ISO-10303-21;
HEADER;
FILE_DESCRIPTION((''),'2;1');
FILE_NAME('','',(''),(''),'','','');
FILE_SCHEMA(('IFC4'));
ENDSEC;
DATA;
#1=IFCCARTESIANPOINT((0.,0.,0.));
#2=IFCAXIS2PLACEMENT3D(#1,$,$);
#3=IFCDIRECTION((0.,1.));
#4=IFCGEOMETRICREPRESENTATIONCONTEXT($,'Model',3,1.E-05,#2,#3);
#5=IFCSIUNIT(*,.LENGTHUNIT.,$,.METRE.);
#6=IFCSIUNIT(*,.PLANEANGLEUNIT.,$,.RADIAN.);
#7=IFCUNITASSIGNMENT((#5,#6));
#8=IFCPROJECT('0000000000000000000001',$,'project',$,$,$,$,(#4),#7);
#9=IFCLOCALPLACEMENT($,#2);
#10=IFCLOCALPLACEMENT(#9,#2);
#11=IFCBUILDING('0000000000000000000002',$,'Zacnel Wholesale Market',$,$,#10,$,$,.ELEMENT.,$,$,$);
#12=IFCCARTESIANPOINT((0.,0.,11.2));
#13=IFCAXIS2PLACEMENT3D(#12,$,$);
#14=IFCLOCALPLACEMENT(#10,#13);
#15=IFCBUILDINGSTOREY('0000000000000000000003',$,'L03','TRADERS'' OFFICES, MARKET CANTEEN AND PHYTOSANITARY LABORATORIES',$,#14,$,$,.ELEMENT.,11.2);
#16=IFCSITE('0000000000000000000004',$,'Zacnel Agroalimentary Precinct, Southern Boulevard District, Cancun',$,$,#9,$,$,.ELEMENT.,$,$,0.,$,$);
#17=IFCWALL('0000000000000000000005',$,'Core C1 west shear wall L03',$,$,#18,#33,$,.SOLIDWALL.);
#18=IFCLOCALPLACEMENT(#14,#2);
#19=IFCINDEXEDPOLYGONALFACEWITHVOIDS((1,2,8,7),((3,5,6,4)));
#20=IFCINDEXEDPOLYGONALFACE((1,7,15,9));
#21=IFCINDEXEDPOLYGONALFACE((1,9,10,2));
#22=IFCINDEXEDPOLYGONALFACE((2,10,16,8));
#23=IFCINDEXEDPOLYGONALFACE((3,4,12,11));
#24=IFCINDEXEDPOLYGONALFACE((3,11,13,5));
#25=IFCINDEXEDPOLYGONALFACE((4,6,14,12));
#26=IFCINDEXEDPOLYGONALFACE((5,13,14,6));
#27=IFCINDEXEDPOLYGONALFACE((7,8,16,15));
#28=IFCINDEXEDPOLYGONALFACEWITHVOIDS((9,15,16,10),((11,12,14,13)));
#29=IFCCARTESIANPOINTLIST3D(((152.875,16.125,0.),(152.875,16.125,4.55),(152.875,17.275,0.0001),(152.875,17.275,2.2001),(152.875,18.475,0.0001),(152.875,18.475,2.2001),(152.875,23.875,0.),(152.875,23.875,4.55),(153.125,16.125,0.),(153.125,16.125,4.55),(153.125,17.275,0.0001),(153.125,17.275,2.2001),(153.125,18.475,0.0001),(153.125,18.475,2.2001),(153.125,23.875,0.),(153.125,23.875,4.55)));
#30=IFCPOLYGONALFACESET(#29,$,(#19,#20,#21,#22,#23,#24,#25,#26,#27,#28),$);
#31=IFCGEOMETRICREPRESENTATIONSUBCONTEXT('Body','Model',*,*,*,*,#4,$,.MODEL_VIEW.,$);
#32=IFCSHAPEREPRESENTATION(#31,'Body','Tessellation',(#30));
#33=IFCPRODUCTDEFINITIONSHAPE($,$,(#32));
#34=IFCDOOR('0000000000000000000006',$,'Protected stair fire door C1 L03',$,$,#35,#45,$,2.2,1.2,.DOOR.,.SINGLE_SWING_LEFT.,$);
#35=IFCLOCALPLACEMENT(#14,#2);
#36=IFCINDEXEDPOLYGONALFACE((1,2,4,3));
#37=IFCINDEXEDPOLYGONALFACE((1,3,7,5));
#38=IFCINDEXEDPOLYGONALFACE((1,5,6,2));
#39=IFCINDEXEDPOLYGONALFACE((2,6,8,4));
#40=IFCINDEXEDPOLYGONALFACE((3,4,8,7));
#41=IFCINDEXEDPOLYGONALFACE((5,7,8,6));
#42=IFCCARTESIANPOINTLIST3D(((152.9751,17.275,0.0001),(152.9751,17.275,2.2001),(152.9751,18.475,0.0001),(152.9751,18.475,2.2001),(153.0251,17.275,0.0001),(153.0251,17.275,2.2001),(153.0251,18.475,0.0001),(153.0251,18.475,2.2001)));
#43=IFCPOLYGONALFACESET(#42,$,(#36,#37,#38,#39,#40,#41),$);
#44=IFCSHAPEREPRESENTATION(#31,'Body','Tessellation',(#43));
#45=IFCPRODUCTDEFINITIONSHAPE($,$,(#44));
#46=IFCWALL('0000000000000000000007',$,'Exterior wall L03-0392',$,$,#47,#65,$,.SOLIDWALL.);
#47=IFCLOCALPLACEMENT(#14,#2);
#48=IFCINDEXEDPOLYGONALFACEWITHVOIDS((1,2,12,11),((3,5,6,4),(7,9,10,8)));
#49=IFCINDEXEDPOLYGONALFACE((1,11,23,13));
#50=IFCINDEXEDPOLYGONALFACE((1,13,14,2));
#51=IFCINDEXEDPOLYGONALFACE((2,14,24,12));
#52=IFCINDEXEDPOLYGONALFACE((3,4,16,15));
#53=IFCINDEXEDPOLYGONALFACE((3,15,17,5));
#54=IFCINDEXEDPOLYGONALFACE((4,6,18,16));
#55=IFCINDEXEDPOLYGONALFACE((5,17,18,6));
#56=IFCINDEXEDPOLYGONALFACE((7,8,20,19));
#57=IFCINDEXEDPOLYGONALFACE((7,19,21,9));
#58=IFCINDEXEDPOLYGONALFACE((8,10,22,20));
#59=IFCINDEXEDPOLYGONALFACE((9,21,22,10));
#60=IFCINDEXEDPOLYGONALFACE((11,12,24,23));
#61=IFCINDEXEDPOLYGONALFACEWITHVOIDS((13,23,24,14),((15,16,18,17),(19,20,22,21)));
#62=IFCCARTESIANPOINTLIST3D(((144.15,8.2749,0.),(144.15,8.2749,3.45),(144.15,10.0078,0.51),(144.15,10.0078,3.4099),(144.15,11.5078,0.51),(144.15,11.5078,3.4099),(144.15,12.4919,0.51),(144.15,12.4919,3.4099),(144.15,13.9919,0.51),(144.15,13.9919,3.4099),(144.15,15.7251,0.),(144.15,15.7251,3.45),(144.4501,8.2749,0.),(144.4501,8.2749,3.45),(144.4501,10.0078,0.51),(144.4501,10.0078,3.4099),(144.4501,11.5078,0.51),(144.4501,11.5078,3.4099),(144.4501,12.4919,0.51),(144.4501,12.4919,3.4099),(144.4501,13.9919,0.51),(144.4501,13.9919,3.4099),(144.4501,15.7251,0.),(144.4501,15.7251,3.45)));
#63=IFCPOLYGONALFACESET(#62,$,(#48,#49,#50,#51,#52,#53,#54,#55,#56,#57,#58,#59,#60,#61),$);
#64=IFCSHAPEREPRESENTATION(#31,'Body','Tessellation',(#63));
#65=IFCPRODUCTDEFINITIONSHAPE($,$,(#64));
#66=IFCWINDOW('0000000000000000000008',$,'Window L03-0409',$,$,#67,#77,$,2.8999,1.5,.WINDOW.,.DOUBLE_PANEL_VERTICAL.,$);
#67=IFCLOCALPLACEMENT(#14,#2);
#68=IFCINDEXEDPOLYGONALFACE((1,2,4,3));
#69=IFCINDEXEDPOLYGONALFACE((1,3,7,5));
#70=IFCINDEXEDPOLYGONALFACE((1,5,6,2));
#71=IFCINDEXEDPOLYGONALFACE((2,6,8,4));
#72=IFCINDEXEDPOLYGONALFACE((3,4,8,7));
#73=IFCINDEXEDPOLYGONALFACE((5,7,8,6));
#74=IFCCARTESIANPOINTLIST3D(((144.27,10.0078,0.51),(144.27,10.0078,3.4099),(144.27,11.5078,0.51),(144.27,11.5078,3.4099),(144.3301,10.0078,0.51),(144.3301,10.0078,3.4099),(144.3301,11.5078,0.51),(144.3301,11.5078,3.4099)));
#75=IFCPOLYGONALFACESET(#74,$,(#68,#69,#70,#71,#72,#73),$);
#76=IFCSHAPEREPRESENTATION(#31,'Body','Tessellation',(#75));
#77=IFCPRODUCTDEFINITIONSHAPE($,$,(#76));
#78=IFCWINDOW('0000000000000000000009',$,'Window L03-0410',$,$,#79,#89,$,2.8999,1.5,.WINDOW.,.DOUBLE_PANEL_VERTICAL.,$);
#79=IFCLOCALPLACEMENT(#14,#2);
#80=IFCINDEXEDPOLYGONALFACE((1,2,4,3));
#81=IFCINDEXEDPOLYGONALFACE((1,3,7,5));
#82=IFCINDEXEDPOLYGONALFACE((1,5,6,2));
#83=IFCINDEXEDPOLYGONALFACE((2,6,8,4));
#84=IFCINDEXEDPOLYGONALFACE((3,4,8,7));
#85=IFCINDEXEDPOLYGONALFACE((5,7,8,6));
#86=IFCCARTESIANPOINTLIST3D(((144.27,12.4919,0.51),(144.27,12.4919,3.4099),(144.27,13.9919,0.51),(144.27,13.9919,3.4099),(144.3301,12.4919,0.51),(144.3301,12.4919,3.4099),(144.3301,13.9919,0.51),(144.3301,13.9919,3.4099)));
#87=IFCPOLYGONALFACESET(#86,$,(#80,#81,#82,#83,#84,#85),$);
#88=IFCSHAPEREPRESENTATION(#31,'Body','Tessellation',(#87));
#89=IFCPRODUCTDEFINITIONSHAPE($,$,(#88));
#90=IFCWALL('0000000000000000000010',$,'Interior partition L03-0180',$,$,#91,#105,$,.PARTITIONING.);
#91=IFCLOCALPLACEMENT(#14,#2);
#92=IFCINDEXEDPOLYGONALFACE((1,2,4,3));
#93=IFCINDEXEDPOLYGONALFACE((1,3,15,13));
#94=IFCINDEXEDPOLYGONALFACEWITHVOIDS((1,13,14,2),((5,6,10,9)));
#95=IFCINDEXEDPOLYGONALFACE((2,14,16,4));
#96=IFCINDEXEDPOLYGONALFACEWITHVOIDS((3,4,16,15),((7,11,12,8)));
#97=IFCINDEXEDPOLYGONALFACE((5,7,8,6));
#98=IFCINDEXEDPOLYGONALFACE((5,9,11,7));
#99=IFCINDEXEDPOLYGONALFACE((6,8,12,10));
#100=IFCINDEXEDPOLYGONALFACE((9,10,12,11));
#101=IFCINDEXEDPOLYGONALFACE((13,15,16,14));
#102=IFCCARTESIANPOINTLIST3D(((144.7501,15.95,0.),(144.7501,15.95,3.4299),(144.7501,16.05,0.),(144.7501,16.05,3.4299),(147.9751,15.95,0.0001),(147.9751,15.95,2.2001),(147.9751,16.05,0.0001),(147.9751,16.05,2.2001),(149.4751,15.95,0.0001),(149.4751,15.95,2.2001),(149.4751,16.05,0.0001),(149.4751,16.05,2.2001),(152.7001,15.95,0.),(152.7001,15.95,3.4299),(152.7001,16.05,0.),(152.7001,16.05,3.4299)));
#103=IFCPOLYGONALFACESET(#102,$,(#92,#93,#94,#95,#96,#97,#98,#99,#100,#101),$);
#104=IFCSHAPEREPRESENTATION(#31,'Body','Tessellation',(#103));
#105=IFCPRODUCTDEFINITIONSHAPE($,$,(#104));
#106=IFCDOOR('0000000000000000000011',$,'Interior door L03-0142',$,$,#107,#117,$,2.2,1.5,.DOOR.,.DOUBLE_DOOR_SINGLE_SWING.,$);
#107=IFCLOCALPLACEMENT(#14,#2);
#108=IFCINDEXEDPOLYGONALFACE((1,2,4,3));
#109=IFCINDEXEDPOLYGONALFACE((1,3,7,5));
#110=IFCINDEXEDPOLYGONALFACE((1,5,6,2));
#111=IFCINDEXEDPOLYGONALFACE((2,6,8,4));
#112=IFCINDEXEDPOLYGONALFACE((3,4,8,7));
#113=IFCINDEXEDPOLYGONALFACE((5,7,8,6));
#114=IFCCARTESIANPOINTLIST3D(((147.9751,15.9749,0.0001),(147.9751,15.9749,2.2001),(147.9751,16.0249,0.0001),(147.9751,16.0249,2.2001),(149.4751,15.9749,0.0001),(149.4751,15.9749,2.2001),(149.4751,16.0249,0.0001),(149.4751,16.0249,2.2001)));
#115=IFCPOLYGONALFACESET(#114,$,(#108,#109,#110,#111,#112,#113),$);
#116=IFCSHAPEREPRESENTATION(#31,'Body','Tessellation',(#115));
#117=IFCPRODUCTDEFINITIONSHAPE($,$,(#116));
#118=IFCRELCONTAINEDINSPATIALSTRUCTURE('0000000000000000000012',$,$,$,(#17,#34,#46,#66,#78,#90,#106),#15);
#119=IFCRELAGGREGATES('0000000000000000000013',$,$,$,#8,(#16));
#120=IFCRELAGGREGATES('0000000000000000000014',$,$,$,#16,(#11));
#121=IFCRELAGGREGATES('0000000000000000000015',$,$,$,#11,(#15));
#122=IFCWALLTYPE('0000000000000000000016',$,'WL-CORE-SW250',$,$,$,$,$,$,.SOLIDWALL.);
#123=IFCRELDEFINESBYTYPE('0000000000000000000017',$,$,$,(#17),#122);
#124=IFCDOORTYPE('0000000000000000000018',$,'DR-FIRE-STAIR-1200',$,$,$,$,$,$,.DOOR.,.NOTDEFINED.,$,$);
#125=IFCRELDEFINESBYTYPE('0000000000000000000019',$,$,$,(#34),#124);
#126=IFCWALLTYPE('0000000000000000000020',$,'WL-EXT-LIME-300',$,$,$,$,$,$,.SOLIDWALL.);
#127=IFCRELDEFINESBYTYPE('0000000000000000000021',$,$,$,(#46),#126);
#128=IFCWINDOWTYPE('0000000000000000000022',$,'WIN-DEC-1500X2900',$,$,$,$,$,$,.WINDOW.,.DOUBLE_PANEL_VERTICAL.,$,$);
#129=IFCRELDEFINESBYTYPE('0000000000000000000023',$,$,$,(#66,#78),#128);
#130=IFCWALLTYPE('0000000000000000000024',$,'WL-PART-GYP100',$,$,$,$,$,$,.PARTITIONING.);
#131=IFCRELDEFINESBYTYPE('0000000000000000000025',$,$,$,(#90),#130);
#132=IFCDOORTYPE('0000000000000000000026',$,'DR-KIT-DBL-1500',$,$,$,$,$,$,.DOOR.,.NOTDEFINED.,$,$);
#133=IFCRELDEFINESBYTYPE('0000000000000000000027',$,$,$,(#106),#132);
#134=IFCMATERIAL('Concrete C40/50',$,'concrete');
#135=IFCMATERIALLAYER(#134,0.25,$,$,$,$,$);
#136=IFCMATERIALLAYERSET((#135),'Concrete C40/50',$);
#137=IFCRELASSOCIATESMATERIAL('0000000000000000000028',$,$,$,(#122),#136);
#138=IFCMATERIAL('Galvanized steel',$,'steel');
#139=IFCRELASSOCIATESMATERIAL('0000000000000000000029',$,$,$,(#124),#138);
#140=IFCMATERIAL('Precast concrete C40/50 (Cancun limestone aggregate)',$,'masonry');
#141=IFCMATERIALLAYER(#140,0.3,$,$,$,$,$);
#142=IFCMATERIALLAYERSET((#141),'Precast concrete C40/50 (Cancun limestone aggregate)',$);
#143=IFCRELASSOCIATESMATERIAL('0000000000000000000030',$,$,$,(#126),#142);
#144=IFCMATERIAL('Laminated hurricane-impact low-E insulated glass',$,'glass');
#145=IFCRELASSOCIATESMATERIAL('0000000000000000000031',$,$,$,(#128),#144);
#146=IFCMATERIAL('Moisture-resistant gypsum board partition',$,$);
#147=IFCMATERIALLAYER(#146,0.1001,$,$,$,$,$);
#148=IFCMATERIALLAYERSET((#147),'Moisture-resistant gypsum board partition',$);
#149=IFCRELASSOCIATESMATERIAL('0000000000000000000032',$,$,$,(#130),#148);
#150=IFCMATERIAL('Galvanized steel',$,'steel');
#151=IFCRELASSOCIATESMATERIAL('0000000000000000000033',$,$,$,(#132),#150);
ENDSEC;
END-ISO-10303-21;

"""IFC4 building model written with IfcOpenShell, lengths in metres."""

from ifc_helpers import new_model, si_unit, direction, frame, frame_2d, origin, place, context, subcontext, project, spatial, rectangle, extrude, material, layer, layer_set, type_object, element, fill, save


model = new_model("IFC4")

# Units and contexts
model_context = context("Model", 3, precision=1e-05, world=origin(), true_north=direction((0.0, 1.0)))
body_context = subcontext(model_context, "Body", "Model", "MODEL_VIEW")
ifc_project = project(units=[si_unit("LENGTHUNIT", "METRE"), si_unit("PLANEANGLEUNIT", "RADIAN")], contexts=[model_context])

# Site, building, storey
site_placement = place(None, origin())
site = spatial("IfcSite", under=ifc_project, at=site_placement, Name="Zacnel Agroalimentary Precinct, Southern Boulevard District, Cancun", CompositionType="ELEMENT", RefElevation=0.0)
building_placement = place(site_placement, origin())
building = spatial("IfcBuilding", under=site, at=building_placement, Name="Zacnel Wholesale Market", CompositionType="ELEMENT")
storey_placement = place(building_placement, frame((0.0, 0.0, 11.2)))
storey = spatial("IfcBuildingStorey", under=building, at=storey_placement, Name="L03", Description="TRADERS' OFFICES, MARKET CANTEEN AND PHYTOSANITARY LABORATORIES", CompositionType="ELEMENT", Elevation=11.2)

# Shared definitions
ifc_material_1 = material(Name="Concrete C40/50", Category="concrete")
ifc_layer_1 = layer(ifc_material_1, 0.25)
ifc_layer_set_1 = layer_set([ifc_layer_1], Name="Concrete C40/50")
wall_type_1 = type_object("IfcWallType", Name="WL-CORE-SW250", PredefinedType="SOLIDWALL", material=ifc_layer_set_1)

# Wall, opening, door
wall_1_placement = place(storey_placement, frame((153.0, 16.125, 0.0), z_axis=(0.0, 0.0, 1.0), x_axis=(0.0, 1.0, 0.0)))
wall_1 = element("IfcWall", 1, at=wall_1_placement, inside=storey, type_object=wall_type_1, Name="Core C1 west shear wall L03", PredefinedType="SOLIDWALL", context=body_context, shape_type="SweptSolid", body=[
    extrude(rectangle(XDim=7.75, YDim=0.25, at=frame_2d((3.875, 0.0))), origin(), (0.0, 0.0, 1.0), 4.55),
])
opening_1_placement = place(wall_1_placement, frame((1.1499, 0.0, 0.0)))
opening_1 = element("IfcOpeningElement", 2, at=opening_1_placement, cuts=wall_1, PredefinedType="OPENING", context=body_context, shape_type="SweptSolid", body=[
    extrude(rectangle(XDim=1.2, YDim=2.2, at=frame_2d((0.6001, 1.1001))), frame((0.0, 0.135, 0.0), z_axis=(0.0, -1.0, 0.0), x_axis=(1.0, 0.0, 0.0)), (0.0, 0.0, 1.0), 0.27),
])
ifc_material_2 = material(Name="Galvanized steel", Category="steel")
door_type_1 = type_object("IfcDoorType", Name="DR-FIRE-STAIR-1200", OperationType="NOTDEFINED", PredefinedType="DOOR", material=ifc_material_2)
door_1_placement = place(opening_1_placement, origin())
door_1 = element("IfcDoor", 3, at=door_1_placement, inside=storey, type_object=door_type_1, Name="Protected stair fire door C1 L03", OperationType="SINGLE_SWING_LEFT", OverallHeight=2.2, OverallWidth=1.2, PredefinedType="DOOR", context=body_context, shape_type="SweptSolid", body=[
    extrude(rectangle(XDim=1.2, YDim=2.2, at=frame_2d((0.6001, 1.1001))), frame((0.0, 0.0249, 0.0), z_axis=(0.0, -1.0, 0.0), x_axis=(1.0, 0.0, 0.0)), (0.0, 0.0, 1.0), 0.05),
])
fill(opening_1, door_1)

# Wall, openings, windows
ifc_material_3 = material(Name="Precast concrete C40/50 (Cancun limestone aggregate)", Category="masonry")
ifc_layer_2 = layer(ifc_material_3, 0.3)
ifc_layer_set_2 = layer_set([ifc_layer_2], Name="Precast concrete C40/50 (Cancun limestone aggregate)")
wall_type_2 = type_object("IfcWallType", Name="WL-EXT-LIME-300", PredefinedType="SOLIDWALL", material=ifc_layer_set_2)
wall_2_placement = place(storey_placement, frame((144.3, 8.2749, 0.0), z_axis=(0.0, 0.0, 1.0), x_axis=(0.0, 1.0, 0.0)))
wall_2 = element("IfcWall", 4, at=wall_2_placement, inside=storey, type_object=wall_type_2, Name="Exterior wall L03-0392", PredefinedType="SOLIDWALL", context=body_context, shape_type="SweptSolid", body=[
    extrude(rectangle(XDim=7.4502, YDim=0.3, at=frame_2d((3.7251, 0.0))), origin(), (0.0, 0.0, 1.0), 3.45),
])
opening_2_placement = place(wall_2_placement, frame((1.7329, 0.0, 0.51)))
opening_2 = element("IfcOpeningElement", 5, at=opening_2_placement, cuts=wall_2, PredefinedType="OPENING", context=body_context, shape_type="SweptSolid", body=[
    extrude(rectangle(XDim=1.5, YDim=2.8999, at=frame_2d((0.75, 1.45))), frame((0.0, 0.1599, 0.0), z_axis=(0.0, -1.0, 0.0), x_axis=(1.0, 0.0, 0.0)), (0.0, 0.0, 1.0), 0.3201),
])
opening_3_placement = place(wall_2_placement, frame((4.217, 0.0, 0.51)))
opening_3 = element("IfcOpeningElement", 6, at=opening_3_placement, cuts=wall_2, PredefinedType="OPENING", context=body_context, shape_type="SweptSolid", body=[
    extrude(rectangle(XDim=1.5, YDim=2.8999, at=frame_2d((0.75, 1.45))), frame((0.0, 0.1599, 0.0), z_axis=(0.0, -1.0, 0.0), x_axis=(1.0, 0.0, 0.0)), (0.0, 0.0, 1.0), 0.3201),
])
ifc_material_4 = material(Name="Laminated hurricane-impact low-E insulated glass", Category="glass")
window_type = type_object("IfcWindowType", Name="WIN-DEC-1500X2900", PartitioningType="DOUBLE_PANEL_VERTICAL", PredefinedType="WINDOW", material=ifc_material_4)
window_1_placement = place(opening_2_placement, origin())
window_1 = element("IfcWindow", 7, at=window_1_placement, inside=storey, type_object=window_type, Name="Window L03-0409", OverallHeight=2.8999, OverallWidth=1.5, PartitioningType="DOUBLE_PANEL_VERTICAL", PredefinedType="WINDOW", context=body_context, shape_type="SweptSolid", body=[
    extrude(rectangle(XDim=1.5, YDim=2.8999, at=frame_2d((0.75, 1.45))), frame((0.0, 0.03, 0.0), z_axis=(0.0, -1.0, 0.0), x_axis=(1.0, 0.0, 0.0)), (0.0, 0.0, 1.0), 0.0601),
])
fill(opening_2, window_1)
window_2_placement = place(opening_3_placement, origin())
window_2 = element("IfcWindow", 8, at=window_2_placement, inside=storey, type_object=window_type, Name="Window L03-0410", OverallHeight=2.8999, OverallWidth=1.5, PartitioningType="DOUBLE_PANEL_VERTICAL", PredefinedType="WINDOW", context=body_context, shape_type="SweptSolid", body=[
    extrude(rectangle(XDim=1.5, YDim=2.8999, at=frame_2d((0.75, 1.45))), frame((0.0, 0.03, 0.0), z_axis=(0.0, -1.0, 0.0), x_axis=(1.0, 0.0, 0.0)), (0.0, 0.0, 1.0), 0.0601),
])
fill(opening_3, window_2)

# Wall, opening, door
ifc_material_5 = material(Name="Moisture-resistant gypsum board partition")
ifc_layer_3 = layer(ifc_material_5, 0.1001)
ifc_layer_set_3 = layer_set([ifc_layer_3], Name="Moisture-resistant gypsum board partition")
wall_type_3 = type_object("IfcWallType", Name="WL-PART-GYP100", PredefinedType="PARTITIONING", material=ifc_layer_set_3)
wall_3_placement = place(storey_placement, frame((144.75, 16.0, 0.0), z_axis=(0.0, 0.0, 1.0), x_axis=(1.0, 0.0, 0.0)))
wall_3 = element("IfcWall", 9, at=wall_3_placement, inside=storey, type_object=wall_type_3, Name="Interior partition L03-0180", PredefinedType="PARTITIONING", context=body_context, shape_type="SweptSolid", body=[
    extrude(rectangle(XDim=7.95, YDim=0.1001, at=frame_2d((3.9751, 0.0))), origin(), (0.0, 0.0, 1.0), 3.4299),
])
opening_4_placement = place(wall_3_placement, frame((3.2251, 0.0, 0.0)))
opening_4 = element("IfcOpeningElement", 10, at=opening_4_placement, cuts=wall_3, PredefinedType="OPENING", context=body_context, shape_type="SweptSolid", body=[
    extrude(rectangle(XDim=1.5, YDim=2.2, at=frame_2d((0.75, 1.1001))), frame((0.0, 0.0601, 0.0), z_axis=(0.0, -1.0, 0.0), x_axis=(1.0, 0.0, 0.0)), (0.0, 0.0, 1.0), 0.1201),
])
ifc_material_6 = material(Name="Galvanized steel", Category="steel")
door_type_2 = type_object("IfcDoorType", Name="DR-KIT-DBL-1500", OperationType="NOTDEFINED", PredefinedType="DOOR", material=ifc_material_6)
door_2_placement = place(opening_4_placement, origin())
door_2 = element("IfcDoor", 11, at=door_2_placement, inside=storey, type_object=door_type_2, Name="Interior door L03-0142", OperationType="DOUBLE_DOOR_SINGLE_SWING", OverallHeight=2.2, OverallWidth=1.5, PredefinedType="DOOR", context=body_context, shape_type="SweptSolid", body=[
    extrude(rectangle(XDim=1.5, YDim=2.2, at=frame_2d((0.75, 1.1001))), frame((0.0, 0.0249, 0.0), z_axis=(0.0, -1.0, 0.0), x_axis=(1.0, 0.0, 0.0)), (0.0, 0.0, 1.0), 0.05),
])
fill(opening_4, door_2)

save(model, "model.ifc")
